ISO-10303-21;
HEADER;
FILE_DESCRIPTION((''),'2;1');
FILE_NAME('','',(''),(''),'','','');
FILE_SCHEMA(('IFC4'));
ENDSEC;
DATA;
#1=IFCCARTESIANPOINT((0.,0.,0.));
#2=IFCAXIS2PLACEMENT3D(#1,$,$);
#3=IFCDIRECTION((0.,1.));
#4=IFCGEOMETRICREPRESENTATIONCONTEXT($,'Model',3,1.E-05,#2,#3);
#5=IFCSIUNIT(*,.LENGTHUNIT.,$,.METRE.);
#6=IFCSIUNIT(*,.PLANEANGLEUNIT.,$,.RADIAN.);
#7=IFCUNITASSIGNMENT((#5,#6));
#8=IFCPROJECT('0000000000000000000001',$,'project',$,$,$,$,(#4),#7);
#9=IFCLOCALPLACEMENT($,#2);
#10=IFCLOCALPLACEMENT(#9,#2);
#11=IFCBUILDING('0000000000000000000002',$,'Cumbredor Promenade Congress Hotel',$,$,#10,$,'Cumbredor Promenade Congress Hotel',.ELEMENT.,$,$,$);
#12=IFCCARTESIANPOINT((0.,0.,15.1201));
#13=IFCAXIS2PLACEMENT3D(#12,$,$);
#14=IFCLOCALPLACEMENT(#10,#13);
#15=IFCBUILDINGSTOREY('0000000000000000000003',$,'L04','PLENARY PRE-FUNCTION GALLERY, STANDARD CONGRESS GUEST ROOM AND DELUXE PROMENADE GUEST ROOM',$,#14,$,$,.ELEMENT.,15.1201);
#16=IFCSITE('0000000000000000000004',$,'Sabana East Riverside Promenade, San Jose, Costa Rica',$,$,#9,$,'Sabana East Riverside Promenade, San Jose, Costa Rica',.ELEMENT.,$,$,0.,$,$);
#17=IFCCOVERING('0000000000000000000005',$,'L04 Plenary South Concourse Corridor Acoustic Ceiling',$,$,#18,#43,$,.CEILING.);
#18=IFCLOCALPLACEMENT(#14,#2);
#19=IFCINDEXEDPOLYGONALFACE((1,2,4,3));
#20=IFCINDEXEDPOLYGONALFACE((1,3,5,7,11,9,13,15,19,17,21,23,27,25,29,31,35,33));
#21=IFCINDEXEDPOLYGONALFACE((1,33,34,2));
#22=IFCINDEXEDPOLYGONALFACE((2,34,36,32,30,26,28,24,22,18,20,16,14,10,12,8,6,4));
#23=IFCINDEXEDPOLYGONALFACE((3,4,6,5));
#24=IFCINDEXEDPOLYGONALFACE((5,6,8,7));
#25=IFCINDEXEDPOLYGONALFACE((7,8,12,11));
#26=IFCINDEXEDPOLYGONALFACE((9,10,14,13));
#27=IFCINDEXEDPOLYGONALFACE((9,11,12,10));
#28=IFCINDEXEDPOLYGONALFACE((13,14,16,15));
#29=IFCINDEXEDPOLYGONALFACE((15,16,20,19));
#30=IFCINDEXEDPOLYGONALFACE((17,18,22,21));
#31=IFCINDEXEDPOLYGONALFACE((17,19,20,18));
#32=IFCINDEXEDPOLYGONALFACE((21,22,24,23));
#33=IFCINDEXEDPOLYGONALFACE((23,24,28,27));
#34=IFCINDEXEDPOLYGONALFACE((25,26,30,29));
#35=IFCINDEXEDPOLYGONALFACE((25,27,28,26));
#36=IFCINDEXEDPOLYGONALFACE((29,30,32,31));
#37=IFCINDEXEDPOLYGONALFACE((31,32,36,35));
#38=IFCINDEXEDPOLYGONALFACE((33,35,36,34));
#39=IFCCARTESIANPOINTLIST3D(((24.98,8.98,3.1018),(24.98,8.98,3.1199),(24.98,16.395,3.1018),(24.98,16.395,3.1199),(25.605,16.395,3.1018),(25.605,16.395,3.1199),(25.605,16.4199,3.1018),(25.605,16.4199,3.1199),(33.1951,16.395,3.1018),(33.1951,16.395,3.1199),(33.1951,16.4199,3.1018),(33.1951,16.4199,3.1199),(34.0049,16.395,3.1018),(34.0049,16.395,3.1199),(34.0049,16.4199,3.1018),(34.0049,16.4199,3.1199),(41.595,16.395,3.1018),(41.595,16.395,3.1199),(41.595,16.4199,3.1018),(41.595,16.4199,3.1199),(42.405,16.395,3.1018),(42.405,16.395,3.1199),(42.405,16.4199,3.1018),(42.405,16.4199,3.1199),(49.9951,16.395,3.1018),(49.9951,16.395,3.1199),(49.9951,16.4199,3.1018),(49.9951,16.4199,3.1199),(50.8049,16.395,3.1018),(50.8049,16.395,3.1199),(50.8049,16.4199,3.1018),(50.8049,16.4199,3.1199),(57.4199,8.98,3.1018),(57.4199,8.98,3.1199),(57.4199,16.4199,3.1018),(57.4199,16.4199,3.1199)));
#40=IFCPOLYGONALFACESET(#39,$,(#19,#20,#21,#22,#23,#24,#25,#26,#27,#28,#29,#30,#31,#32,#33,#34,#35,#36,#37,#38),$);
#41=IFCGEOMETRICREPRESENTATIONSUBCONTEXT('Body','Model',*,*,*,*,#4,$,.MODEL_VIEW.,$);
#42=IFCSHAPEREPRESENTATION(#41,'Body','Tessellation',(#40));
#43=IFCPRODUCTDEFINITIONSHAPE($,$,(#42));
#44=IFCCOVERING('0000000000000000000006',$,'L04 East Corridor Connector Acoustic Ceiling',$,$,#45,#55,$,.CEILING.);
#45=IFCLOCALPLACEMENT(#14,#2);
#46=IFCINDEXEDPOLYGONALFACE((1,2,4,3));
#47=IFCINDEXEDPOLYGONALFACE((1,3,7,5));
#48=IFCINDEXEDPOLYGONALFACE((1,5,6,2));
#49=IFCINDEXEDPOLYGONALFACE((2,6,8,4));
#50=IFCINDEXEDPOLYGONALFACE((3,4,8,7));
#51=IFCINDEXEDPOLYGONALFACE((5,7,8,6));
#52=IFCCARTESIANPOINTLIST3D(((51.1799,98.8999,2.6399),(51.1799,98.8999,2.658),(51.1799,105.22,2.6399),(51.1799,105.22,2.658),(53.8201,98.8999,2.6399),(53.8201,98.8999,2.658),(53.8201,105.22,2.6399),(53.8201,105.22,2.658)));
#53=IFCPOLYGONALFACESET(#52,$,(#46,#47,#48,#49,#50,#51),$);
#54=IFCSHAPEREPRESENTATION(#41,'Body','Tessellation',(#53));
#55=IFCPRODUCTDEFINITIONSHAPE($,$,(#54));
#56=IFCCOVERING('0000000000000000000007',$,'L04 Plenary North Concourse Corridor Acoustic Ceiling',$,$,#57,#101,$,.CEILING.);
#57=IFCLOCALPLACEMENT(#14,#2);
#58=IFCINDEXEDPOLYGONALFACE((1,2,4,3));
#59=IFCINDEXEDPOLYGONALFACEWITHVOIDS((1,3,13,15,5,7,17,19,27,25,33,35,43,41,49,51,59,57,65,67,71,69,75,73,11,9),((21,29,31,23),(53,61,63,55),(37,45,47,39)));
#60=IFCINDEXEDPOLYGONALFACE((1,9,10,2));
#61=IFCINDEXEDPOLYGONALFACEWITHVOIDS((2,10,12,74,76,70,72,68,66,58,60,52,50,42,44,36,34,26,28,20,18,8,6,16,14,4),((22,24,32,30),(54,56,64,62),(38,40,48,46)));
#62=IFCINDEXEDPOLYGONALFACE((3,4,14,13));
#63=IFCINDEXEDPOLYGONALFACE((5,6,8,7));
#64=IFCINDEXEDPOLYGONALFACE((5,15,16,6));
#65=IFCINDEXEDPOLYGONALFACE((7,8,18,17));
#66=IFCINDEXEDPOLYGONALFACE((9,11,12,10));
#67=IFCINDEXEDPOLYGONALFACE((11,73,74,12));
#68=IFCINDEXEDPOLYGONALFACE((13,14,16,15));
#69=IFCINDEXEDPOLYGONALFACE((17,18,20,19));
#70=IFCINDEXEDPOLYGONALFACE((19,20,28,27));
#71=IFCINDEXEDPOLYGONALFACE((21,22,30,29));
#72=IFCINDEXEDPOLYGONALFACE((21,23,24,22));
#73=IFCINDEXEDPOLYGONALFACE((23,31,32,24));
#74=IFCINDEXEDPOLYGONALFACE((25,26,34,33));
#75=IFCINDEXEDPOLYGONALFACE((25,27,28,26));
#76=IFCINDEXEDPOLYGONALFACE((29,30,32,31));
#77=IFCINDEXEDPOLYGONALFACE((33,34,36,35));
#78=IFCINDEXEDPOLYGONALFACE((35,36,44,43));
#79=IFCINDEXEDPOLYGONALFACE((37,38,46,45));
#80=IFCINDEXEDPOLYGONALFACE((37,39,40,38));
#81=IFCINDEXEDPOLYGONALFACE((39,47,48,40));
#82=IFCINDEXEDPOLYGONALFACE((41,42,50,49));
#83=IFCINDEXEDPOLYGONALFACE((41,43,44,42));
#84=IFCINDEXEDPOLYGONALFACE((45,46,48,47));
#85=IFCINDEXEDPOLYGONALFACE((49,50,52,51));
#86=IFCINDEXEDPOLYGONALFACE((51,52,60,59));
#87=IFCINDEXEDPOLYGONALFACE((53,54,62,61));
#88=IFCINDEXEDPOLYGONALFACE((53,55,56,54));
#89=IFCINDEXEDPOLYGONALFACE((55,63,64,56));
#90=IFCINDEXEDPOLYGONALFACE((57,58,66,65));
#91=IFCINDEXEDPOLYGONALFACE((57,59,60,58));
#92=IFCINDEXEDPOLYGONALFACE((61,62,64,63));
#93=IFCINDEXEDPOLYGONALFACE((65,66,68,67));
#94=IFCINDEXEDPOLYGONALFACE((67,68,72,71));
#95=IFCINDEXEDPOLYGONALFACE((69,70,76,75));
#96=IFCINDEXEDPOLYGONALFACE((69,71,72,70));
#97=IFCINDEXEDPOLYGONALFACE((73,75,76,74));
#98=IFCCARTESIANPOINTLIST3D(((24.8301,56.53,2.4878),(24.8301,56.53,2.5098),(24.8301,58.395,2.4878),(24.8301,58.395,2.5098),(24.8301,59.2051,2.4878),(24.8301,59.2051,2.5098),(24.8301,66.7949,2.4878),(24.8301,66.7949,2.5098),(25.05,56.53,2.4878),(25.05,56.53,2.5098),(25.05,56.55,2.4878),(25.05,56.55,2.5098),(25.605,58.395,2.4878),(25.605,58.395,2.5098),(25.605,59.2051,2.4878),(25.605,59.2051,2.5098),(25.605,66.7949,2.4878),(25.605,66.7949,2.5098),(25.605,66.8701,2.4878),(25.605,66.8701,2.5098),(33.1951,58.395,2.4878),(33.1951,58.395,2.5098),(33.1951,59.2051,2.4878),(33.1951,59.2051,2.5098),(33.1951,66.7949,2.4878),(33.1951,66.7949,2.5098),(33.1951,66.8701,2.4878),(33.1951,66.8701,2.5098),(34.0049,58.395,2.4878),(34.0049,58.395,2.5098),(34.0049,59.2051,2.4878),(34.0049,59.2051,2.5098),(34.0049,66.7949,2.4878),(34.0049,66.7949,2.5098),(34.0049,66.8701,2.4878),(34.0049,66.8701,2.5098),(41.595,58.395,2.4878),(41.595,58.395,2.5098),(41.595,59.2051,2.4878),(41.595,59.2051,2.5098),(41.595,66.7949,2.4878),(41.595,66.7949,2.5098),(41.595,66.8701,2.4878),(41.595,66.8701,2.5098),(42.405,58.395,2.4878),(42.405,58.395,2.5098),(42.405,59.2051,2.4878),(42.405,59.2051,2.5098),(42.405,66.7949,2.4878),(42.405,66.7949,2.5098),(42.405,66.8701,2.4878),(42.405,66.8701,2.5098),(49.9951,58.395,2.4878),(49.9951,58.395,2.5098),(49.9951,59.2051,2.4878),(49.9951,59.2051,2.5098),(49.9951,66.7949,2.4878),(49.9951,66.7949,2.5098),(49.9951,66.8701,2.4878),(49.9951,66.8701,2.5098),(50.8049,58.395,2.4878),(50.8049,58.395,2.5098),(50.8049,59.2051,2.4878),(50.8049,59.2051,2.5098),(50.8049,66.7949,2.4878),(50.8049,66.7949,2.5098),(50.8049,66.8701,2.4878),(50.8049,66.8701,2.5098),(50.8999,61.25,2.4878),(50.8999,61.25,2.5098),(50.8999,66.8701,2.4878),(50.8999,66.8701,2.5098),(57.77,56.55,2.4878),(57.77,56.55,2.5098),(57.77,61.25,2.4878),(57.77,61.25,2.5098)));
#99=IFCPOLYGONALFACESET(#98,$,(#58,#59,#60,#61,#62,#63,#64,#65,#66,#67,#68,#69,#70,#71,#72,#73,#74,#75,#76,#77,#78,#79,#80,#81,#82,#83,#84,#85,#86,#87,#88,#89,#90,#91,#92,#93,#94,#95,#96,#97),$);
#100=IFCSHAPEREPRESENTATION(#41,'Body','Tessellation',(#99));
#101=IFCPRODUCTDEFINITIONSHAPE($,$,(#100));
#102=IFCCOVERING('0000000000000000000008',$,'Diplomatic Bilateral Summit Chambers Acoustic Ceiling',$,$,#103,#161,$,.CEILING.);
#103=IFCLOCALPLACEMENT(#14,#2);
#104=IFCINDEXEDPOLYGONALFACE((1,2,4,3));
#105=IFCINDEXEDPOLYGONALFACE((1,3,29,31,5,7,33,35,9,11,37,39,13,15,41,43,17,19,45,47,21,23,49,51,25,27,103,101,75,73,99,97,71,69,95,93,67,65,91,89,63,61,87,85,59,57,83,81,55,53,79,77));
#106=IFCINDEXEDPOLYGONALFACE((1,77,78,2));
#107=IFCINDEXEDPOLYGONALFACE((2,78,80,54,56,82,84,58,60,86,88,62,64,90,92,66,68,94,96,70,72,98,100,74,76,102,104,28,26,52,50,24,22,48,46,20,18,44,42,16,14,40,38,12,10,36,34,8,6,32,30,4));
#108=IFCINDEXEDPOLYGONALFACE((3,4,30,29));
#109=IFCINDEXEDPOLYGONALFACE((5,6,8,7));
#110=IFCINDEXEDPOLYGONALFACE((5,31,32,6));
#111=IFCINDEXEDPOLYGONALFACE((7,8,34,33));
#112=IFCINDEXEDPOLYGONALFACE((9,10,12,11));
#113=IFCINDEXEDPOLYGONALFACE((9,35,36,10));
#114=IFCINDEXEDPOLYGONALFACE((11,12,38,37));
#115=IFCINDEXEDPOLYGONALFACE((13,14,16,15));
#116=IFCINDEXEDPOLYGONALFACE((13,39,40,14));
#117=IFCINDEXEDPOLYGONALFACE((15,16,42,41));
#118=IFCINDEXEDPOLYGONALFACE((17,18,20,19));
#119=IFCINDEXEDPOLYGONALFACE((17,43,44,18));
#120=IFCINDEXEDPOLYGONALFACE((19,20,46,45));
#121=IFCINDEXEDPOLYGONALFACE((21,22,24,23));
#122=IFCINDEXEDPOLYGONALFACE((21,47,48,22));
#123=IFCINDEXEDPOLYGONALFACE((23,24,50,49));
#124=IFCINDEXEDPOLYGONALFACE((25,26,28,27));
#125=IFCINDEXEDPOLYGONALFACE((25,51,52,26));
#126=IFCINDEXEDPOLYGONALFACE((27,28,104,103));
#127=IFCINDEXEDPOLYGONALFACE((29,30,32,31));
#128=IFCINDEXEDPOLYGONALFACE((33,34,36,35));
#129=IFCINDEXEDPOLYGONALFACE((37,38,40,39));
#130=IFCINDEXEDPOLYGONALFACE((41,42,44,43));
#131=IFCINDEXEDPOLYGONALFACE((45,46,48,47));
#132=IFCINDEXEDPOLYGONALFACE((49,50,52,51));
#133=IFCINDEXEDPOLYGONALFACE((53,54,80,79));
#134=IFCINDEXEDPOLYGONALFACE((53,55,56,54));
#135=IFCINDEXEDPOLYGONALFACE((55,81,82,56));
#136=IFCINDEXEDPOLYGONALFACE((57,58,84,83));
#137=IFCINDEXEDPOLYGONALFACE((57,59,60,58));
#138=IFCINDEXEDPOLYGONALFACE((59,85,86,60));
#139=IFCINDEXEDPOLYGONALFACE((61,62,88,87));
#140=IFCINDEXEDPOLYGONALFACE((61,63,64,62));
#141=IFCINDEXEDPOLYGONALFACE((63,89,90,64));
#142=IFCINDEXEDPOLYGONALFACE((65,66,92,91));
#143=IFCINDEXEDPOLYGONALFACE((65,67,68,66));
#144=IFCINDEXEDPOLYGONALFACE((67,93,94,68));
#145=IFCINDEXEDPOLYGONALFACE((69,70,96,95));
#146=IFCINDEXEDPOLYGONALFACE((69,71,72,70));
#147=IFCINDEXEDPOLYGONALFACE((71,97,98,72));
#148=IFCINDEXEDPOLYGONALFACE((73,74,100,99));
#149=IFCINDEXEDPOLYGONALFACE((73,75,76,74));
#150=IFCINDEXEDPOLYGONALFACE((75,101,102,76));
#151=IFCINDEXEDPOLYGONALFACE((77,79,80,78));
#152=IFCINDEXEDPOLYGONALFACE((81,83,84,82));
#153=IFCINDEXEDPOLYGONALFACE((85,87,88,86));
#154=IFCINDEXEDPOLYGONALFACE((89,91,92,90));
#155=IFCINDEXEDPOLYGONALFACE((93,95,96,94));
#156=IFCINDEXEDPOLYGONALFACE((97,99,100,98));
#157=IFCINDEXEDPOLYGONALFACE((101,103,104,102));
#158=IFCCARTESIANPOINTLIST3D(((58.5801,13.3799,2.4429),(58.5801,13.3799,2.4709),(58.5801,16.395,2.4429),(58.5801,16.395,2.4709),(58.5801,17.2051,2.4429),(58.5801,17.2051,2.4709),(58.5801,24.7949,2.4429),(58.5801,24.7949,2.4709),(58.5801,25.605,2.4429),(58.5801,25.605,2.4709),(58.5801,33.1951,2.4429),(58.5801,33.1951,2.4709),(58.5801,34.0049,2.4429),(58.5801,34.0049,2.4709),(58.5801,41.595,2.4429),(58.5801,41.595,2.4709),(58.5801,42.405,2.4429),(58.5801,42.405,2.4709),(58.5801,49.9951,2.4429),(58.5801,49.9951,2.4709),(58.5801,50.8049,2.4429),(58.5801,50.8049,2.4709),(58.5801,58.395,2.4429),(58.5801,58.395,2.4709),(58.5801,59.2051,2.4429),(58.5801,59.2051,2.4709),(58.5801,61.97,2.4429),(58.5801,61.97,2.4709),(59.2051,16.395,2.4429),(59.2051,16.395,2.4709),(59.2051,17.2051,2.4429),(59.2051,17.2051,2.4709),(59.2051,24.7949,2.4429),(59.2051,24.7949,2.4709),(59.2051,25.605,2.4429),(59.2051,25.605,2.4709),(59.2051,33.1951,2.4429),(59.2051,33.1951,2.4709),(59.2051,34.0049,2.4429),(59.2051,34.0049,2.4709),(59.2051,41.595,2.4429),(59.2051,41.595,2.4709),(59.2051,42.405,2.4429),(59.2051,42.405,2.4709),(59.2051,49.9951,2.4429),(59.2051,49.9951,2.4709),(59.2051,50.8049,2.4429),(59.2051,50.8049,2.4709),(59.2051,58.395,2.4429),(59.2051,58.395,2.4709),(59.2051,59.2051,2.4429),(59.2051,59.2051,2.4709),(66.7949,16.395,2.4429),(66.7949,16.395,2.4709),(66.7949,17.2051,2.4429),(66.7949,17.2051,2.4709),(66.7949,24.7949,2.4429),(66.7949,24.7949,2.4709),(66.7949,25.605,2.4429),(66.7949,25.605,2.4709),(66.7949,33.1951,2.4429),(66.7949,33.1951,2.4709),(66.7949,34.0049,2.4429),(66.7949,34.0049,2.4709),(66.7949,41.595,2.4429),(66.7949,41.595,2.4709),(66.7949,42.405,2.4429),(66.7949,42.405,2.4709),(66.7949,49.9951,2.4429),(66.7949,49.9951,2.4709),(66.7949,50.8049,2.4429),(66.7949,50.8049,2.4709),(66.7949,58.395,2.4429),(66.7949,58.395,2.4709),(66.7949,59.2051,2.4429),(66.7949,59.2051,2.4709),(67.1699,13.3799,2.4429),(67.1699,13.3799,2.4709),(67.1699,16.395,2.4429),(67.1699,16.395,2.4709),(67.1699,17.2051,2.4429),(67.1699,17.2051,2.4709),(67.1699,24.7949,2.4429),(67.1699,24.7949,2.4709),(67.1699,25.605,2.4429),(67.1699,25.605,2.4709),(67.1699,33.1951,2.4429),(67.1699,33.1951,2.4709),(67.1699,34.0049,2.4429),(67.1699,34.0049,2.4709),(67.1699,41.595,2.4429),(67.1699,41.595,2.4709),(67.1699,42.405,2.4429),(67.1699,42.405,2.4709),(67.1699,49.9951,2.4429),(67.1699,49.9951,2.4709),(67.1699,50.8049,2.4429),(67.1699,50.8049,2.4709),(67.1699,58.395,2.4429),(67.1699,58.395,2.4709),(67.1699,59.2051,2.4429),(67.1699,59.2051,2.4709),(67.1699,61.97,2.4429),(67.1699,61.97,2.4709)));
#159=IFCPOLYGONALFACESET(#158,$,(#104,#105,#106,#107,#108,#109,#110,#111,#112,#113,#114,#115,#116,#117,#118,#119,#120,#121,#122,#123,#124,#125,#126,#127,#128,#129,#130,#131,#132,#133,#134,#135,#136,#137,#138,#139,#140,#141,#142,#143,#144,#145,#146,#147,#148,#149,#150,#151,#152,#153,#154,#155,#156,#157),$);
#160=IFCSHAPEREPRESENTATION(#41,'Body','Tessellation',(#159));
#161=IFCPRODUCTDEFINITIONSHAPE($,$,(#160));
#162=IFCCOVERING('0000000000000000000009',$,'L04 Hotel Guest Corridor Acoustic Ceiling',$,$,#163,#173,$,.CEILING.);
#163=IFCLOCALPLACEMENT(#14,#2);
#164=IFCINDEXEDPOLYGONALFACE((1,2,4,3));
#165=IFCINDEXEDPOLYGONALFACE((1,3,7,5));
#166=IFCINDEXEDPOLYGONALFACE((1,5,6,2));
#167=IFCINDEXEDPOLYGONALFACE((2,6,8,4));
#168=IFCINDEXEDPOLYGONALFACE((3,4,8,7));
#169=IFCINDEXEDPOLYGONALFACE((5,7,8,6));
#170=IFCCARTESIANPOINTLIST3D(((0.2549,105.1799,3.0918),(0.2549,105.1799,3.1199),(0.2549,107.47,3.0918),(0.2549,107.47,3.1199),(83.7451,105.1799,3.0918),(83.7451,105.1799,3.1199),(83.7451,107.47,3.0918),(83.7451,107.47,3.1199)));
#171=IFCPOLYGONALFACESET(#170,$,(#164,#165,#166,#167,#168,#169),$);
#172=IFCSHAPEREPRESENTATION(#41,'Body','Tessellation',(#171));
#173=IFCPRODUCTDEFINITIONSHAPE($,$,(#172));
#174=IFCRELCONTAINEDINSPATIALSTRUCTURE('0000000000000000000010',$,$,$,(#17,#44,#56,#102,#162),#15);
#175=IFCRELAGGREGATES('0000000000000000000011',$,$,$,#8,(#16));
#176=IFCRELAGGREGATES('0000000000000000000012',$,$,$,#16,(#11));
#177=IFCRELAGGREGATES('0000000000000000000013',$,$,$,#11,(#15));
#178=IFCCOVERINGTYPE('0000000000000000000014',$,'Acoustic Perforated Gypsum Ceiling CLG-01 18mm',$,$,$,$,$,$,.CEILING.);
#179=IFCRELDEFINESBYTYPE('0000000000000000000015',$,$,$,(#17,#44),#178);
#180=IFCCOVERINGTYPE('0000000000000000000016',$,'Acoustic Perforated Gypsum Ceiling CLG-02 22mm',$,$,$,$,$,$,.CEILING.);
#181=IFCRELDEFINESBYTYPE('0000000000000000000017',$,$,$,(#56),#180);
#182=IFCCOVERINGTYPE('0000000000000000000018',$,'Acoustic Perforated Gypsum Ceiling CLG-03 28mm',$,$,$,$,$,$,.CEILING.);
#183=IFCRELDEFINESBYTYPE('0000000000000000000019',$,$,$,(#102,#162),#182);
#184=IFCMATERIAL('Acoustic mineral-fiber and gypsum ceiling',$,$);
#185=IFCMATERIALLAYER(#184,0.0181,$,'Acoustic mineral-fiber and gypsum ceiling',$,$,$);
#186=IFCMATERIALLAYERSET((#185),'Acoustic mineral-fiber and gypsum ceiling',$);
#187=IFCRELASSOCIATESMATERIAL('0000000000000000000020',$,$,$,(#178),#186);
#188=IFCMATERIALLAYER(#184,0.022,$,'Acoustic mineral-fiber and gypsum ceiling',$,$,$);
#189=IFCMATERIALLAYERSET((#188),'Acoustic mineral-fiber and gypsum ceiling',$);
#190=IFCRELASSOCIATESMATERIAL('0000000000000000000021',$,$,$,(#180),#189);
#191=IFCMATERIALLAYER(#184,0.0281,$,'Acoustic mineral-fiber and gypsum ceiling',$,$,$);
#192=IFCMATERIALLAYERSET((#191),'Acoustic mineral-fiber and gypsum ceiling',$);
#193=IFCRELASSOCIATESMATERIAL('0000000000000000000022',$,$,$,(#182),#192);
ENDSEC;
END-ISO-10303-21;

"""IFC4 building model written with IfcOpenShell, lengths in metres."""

from ifc_helpers import new_model, si_unit, direction, frame, origin, place, context, subcontext, project, spatial, polyline, outline, extrude, material, layer, layer_set, type_object, element, save


model = new_model("IFC4")

# Units and contexts
model_context = context("Model", 3, precision=1e-05, world=origin(), true_north=direction((0.0, 1.0)))
body_context = subcontext(model_context, "Body", "Model", "MODEL_VIEW")
ifc_project = project(units=[si_unit("LENGTHUNIT", "METRE"), si_unit("PLANEANGLEUNIT", "RADIAN")], contexts=[model_context])

# Site, building, storey
site_placement = place(None, origin())
site = spatial("IfcSite", under=ifc_project, at=site_placement, Name="Sabana East Riverside Promenade, San Jose, Costa Rica", LongName="Sabana East Riverside Promenade, San Jose, Costa Rica", CompositionType="ELEMENT", RefElevation=0.0)
building_placement = place(site_placement, origin())
building = spatial("IfcBuilding", under=site, at=building_placement, Name="Cumbredor Promenade Congress Hotel", LongName="Cumbredor Promenade Congress Hotel", CompositionType="ELEMENT")
storey_placement = place(building_placement, frame((0.0, 0.0, 15.1201)))
storey = spatial("IfcBuildingStorey", under=building, at=storey_placement, Name="L04", Description="PLENARY PRE-FUNCTION GALLERY, STANDARD CONGRESS GUEST ROOM AND DELUXE PROMENADE GUEST ROOM", CompositionType="ELEMENT", Elevation=15.1201)

# Coverings
ifc_material_1 = material(Name="Acoustic mineral-fiber and gypsum ceiling")
ifc_layer_1 = layer(ifc_material_1, 0.0181, Name="Acoustic mineral-fiber and gypsum ceiling")
ifc_layer_set_1 = layer_set([ifc_layer_1], Name="Acoustic mineral-fiber and gypsum ceiling")
covering_type_1 = type_object("IfcCoveringType", Name="Acoustic Perforated Gypsum Ceiling CLG-01 18mm", PredefinedType="CEILING", material=ifc_layer_set_1)
covering_1_placement = place(storey_placement, frame((0.0, 0.0, 3.1018)))
element("IfcCovering", 1, at=covering_1_placement, inside=storey, type_object=covering_type_1, Name="L04 Plenary South Concourse Corridor Acoustic Ceiling", PredefinedType="CEILING", context=body_context, shape_type="SweptSolid", body=[
    extrude(outline(polyline([(24.98, 16.395), (25.605, 16.395), (25.605, 16.4199), (33.1951, 16.4199), (33.1951, 16.395), (34.0049, 16.395), (34.0049, 16.4199), (41.595, 16.4199), (41.595, 16.395), (42.405, 16.395), (42.405, 16.4199), (49.9951, 16.4199), (49.9951, 16.395), (50.8049, 16.395), (50.8049, 16.4199), (57.4199, 16.4199), (57.4199, 8.98), (24.98, 8.98), (24.98, 16.395)])), origin(), (0.0, 0.0, 1.0), 0.0181),
])
covering_2_placement = place(storey_placement, frame((0.0, 0.0, 2.6399)))
element("IfcCovering", 2, at=covering_2_placement, inside=storey, type_object=covering_type_1, Name="L04 East Corridor Connector Acoustic Ceiling", PredefinedType="CEILING", context=body_context, shape_type="SweptSolid", body=[
    extrude(outline(polyline([(51.1799, 105.22), (53.8201, 105.22), (53.8201, 98.8999), (51.1799, 98.8999), (51.1799, 105.22)])), origin(), (0.0, 0.0, 1.0), 0.0181),
])
ifc_layer_2 = layer(ifc_material_1, 0.022, Name="Acoustic mineral-fiber and gypsum ceiling")
ifc_layer_set_2 = layer_set([ifc_layer_2], Name="Acoustic mineral-fiber and gypsum ceiling")
covering_type_2 = type_object("IfcCoveringType", Name="Acoustic Perforated Gypsum Ceiling CLG-02 22mm", PredefinedType="CEILING", material=ifc_layer_set_2)
covering_3_placement = place(storey_placement, frame((0.0, 0.0, 2.4878)))
element("IfcCovering", 3, at=covering_3_placement, inside=storey, type_object=covering_type_2, Name="L04 Plenary North Concourse Corridor Acoustic Ceiling", PredefinedType="CEILING", context=body_context, shape_type="SweptSolid", body=[
    extrude(outline(polyline([(24.8301, 58.395), (25.605, 58.395), (25.605, 59.2051), (24.8301, 59.2051), (24.8301, 66.7949), (25.605, 66.7949), (25.605, 66.8701), (33.1951, 66.8701), (33.1951, 66.7949), (34.0049, 66.7949), (34.0049, 66.8701), (41.595, 66.8701), (41.595, 66.7949), (42.405, 66.7949), (42.405, 66.8701), (49.9951, 66.8701), (49.9951, 66.7949), (50.8049, 66.7949), (50.8049, 66.8701), (50.8999, 66.8701), (50.8999, 61.25), (57.77, 61.25), (57.77, 56.55), (25.05, 56.55), (25.05, 56.53), (24.8301, 56.53), (24.8301, 58.395)]), holes=[polyline([(33.1951, 59.2051), (33.1951, 58.395), (34.0049, 58.395), (34.0049, 59.2051), (33.1951, 59.2051)]), polyline([(42.405, 58.395), (42.405, 59.2051), (41.595, 59.2051), (41.595, 58.395), (42.405, 58.395)]), polyline([(49.9951, 59.2051), (49.9951, 58.395), (50.8049, 58.395), (50.8049, 59.2051), (49.9951, 59.2051)])]), origin(), (0.0, 0.0, 1.0), 0.022),
])
ifc_layer_3 = layer(ifc_material_1, 0.0281, Name="Acoustic mineral-fiber and gypsum ceiling")
ifc_layer_set_3 = layer_set([ifc_layer_3], Name="Acoustic mineral-fiber and gypsum ceiling")
covering_type_3 = type_object("IfcCoveringType", Name="Acoustic Perforated Gypsum Ceiling CLG-03 28mm", PredefinedType="CEILING", material=ifc_layer_set_3)
covering_4_placement = place(storey_placement, frame((0.0, 0.0, 2.4429)))
element("IfcCovering", 4, at=covering_4_placement, inside=storey, type_object=covering_type_3, Name="Diplomatic Bilateral Summit Chambers Acoustic Ceiling", PredefinedType="CEILING", context=body_context, shape_type="SweptSolid", body=[
    extrude(outline(polyline([(58.5801, 33.1951), (59.2051, 33.1951), (59.2051, 34.0049), (58.5801, 34.0049), (58.5801, 41.595), (59.2051, 41.595), (59.2051, 42.405), (58.5801, 42.405), (58.5801, 49.9951), (59.2051, 49.9951), (59.2051, 50.8049), (58.5801, 50.8049), (58.5801, 58.395), (59.2051, 58.395), (59.2051, 59.2051), (58.5801, 59.2051), (58.5801, 61.97), (67.1699, 61.97), (67.1699, 59.2051), (66.7949, 59.2051), (66.7949, 58.395), (67.1699, 58.395), (67.1699, 50.8049), (66.7949, 50.8049), (66.7949, 49.9951), (67.1699, 49.9951), (67.1699, 42.405), (66.7949, 42.405), (66.7949, 41.595), (67.1699, 41.595), (67.1699, 34.0049), (66.7949, 34.0049), (66.7949, 33.1951), (67.1699, 33.1951), (67.1699, 25.605), (66.7949, 25.605), (66.7949, 24.7949), (67.1699, 24.7949), (67.1699, 17.2051), (66.7949, 17.2051), (66.7949, 16.395), (67.1699, 16.395), (67.1699, 13.3799), (58.5801, 13.3799), (58.5801, 16.395), (59.2051, 16.395), (59.2051, 17.2051), (58.5801, 17.2051), (58.5801, 24.7949), (59.2051, 24.7949), (59.2051, 25.605), (58.5801, 25.605), (58.5801, 33.1951)])), origin(), (0.0, 0.0, 1.0), 0.0281),
])
covering_5_placement = place(storey_placement, frame((0.0, 0.0, 3.0918)))
element("IfcCovering", 5, at=covering_5_placement, inside=storey, type_object=covering_type_3, Name="L04 Hotel Guest Corridor Acoustic Ceiling", PredefinedType="CEILING", context=body_context, shape_type="SweptSolid", body=[
    extrude(outline(polyline([(0.2549, 107.47), (83.7451, 107.47), (83.7451, 105.1799), (0.2549, 105.1799), (0.2549, 107.47)])), origin(), (0.0, 0.0, 1.0), 0.0281),
])

save(model, "model.ifc")
